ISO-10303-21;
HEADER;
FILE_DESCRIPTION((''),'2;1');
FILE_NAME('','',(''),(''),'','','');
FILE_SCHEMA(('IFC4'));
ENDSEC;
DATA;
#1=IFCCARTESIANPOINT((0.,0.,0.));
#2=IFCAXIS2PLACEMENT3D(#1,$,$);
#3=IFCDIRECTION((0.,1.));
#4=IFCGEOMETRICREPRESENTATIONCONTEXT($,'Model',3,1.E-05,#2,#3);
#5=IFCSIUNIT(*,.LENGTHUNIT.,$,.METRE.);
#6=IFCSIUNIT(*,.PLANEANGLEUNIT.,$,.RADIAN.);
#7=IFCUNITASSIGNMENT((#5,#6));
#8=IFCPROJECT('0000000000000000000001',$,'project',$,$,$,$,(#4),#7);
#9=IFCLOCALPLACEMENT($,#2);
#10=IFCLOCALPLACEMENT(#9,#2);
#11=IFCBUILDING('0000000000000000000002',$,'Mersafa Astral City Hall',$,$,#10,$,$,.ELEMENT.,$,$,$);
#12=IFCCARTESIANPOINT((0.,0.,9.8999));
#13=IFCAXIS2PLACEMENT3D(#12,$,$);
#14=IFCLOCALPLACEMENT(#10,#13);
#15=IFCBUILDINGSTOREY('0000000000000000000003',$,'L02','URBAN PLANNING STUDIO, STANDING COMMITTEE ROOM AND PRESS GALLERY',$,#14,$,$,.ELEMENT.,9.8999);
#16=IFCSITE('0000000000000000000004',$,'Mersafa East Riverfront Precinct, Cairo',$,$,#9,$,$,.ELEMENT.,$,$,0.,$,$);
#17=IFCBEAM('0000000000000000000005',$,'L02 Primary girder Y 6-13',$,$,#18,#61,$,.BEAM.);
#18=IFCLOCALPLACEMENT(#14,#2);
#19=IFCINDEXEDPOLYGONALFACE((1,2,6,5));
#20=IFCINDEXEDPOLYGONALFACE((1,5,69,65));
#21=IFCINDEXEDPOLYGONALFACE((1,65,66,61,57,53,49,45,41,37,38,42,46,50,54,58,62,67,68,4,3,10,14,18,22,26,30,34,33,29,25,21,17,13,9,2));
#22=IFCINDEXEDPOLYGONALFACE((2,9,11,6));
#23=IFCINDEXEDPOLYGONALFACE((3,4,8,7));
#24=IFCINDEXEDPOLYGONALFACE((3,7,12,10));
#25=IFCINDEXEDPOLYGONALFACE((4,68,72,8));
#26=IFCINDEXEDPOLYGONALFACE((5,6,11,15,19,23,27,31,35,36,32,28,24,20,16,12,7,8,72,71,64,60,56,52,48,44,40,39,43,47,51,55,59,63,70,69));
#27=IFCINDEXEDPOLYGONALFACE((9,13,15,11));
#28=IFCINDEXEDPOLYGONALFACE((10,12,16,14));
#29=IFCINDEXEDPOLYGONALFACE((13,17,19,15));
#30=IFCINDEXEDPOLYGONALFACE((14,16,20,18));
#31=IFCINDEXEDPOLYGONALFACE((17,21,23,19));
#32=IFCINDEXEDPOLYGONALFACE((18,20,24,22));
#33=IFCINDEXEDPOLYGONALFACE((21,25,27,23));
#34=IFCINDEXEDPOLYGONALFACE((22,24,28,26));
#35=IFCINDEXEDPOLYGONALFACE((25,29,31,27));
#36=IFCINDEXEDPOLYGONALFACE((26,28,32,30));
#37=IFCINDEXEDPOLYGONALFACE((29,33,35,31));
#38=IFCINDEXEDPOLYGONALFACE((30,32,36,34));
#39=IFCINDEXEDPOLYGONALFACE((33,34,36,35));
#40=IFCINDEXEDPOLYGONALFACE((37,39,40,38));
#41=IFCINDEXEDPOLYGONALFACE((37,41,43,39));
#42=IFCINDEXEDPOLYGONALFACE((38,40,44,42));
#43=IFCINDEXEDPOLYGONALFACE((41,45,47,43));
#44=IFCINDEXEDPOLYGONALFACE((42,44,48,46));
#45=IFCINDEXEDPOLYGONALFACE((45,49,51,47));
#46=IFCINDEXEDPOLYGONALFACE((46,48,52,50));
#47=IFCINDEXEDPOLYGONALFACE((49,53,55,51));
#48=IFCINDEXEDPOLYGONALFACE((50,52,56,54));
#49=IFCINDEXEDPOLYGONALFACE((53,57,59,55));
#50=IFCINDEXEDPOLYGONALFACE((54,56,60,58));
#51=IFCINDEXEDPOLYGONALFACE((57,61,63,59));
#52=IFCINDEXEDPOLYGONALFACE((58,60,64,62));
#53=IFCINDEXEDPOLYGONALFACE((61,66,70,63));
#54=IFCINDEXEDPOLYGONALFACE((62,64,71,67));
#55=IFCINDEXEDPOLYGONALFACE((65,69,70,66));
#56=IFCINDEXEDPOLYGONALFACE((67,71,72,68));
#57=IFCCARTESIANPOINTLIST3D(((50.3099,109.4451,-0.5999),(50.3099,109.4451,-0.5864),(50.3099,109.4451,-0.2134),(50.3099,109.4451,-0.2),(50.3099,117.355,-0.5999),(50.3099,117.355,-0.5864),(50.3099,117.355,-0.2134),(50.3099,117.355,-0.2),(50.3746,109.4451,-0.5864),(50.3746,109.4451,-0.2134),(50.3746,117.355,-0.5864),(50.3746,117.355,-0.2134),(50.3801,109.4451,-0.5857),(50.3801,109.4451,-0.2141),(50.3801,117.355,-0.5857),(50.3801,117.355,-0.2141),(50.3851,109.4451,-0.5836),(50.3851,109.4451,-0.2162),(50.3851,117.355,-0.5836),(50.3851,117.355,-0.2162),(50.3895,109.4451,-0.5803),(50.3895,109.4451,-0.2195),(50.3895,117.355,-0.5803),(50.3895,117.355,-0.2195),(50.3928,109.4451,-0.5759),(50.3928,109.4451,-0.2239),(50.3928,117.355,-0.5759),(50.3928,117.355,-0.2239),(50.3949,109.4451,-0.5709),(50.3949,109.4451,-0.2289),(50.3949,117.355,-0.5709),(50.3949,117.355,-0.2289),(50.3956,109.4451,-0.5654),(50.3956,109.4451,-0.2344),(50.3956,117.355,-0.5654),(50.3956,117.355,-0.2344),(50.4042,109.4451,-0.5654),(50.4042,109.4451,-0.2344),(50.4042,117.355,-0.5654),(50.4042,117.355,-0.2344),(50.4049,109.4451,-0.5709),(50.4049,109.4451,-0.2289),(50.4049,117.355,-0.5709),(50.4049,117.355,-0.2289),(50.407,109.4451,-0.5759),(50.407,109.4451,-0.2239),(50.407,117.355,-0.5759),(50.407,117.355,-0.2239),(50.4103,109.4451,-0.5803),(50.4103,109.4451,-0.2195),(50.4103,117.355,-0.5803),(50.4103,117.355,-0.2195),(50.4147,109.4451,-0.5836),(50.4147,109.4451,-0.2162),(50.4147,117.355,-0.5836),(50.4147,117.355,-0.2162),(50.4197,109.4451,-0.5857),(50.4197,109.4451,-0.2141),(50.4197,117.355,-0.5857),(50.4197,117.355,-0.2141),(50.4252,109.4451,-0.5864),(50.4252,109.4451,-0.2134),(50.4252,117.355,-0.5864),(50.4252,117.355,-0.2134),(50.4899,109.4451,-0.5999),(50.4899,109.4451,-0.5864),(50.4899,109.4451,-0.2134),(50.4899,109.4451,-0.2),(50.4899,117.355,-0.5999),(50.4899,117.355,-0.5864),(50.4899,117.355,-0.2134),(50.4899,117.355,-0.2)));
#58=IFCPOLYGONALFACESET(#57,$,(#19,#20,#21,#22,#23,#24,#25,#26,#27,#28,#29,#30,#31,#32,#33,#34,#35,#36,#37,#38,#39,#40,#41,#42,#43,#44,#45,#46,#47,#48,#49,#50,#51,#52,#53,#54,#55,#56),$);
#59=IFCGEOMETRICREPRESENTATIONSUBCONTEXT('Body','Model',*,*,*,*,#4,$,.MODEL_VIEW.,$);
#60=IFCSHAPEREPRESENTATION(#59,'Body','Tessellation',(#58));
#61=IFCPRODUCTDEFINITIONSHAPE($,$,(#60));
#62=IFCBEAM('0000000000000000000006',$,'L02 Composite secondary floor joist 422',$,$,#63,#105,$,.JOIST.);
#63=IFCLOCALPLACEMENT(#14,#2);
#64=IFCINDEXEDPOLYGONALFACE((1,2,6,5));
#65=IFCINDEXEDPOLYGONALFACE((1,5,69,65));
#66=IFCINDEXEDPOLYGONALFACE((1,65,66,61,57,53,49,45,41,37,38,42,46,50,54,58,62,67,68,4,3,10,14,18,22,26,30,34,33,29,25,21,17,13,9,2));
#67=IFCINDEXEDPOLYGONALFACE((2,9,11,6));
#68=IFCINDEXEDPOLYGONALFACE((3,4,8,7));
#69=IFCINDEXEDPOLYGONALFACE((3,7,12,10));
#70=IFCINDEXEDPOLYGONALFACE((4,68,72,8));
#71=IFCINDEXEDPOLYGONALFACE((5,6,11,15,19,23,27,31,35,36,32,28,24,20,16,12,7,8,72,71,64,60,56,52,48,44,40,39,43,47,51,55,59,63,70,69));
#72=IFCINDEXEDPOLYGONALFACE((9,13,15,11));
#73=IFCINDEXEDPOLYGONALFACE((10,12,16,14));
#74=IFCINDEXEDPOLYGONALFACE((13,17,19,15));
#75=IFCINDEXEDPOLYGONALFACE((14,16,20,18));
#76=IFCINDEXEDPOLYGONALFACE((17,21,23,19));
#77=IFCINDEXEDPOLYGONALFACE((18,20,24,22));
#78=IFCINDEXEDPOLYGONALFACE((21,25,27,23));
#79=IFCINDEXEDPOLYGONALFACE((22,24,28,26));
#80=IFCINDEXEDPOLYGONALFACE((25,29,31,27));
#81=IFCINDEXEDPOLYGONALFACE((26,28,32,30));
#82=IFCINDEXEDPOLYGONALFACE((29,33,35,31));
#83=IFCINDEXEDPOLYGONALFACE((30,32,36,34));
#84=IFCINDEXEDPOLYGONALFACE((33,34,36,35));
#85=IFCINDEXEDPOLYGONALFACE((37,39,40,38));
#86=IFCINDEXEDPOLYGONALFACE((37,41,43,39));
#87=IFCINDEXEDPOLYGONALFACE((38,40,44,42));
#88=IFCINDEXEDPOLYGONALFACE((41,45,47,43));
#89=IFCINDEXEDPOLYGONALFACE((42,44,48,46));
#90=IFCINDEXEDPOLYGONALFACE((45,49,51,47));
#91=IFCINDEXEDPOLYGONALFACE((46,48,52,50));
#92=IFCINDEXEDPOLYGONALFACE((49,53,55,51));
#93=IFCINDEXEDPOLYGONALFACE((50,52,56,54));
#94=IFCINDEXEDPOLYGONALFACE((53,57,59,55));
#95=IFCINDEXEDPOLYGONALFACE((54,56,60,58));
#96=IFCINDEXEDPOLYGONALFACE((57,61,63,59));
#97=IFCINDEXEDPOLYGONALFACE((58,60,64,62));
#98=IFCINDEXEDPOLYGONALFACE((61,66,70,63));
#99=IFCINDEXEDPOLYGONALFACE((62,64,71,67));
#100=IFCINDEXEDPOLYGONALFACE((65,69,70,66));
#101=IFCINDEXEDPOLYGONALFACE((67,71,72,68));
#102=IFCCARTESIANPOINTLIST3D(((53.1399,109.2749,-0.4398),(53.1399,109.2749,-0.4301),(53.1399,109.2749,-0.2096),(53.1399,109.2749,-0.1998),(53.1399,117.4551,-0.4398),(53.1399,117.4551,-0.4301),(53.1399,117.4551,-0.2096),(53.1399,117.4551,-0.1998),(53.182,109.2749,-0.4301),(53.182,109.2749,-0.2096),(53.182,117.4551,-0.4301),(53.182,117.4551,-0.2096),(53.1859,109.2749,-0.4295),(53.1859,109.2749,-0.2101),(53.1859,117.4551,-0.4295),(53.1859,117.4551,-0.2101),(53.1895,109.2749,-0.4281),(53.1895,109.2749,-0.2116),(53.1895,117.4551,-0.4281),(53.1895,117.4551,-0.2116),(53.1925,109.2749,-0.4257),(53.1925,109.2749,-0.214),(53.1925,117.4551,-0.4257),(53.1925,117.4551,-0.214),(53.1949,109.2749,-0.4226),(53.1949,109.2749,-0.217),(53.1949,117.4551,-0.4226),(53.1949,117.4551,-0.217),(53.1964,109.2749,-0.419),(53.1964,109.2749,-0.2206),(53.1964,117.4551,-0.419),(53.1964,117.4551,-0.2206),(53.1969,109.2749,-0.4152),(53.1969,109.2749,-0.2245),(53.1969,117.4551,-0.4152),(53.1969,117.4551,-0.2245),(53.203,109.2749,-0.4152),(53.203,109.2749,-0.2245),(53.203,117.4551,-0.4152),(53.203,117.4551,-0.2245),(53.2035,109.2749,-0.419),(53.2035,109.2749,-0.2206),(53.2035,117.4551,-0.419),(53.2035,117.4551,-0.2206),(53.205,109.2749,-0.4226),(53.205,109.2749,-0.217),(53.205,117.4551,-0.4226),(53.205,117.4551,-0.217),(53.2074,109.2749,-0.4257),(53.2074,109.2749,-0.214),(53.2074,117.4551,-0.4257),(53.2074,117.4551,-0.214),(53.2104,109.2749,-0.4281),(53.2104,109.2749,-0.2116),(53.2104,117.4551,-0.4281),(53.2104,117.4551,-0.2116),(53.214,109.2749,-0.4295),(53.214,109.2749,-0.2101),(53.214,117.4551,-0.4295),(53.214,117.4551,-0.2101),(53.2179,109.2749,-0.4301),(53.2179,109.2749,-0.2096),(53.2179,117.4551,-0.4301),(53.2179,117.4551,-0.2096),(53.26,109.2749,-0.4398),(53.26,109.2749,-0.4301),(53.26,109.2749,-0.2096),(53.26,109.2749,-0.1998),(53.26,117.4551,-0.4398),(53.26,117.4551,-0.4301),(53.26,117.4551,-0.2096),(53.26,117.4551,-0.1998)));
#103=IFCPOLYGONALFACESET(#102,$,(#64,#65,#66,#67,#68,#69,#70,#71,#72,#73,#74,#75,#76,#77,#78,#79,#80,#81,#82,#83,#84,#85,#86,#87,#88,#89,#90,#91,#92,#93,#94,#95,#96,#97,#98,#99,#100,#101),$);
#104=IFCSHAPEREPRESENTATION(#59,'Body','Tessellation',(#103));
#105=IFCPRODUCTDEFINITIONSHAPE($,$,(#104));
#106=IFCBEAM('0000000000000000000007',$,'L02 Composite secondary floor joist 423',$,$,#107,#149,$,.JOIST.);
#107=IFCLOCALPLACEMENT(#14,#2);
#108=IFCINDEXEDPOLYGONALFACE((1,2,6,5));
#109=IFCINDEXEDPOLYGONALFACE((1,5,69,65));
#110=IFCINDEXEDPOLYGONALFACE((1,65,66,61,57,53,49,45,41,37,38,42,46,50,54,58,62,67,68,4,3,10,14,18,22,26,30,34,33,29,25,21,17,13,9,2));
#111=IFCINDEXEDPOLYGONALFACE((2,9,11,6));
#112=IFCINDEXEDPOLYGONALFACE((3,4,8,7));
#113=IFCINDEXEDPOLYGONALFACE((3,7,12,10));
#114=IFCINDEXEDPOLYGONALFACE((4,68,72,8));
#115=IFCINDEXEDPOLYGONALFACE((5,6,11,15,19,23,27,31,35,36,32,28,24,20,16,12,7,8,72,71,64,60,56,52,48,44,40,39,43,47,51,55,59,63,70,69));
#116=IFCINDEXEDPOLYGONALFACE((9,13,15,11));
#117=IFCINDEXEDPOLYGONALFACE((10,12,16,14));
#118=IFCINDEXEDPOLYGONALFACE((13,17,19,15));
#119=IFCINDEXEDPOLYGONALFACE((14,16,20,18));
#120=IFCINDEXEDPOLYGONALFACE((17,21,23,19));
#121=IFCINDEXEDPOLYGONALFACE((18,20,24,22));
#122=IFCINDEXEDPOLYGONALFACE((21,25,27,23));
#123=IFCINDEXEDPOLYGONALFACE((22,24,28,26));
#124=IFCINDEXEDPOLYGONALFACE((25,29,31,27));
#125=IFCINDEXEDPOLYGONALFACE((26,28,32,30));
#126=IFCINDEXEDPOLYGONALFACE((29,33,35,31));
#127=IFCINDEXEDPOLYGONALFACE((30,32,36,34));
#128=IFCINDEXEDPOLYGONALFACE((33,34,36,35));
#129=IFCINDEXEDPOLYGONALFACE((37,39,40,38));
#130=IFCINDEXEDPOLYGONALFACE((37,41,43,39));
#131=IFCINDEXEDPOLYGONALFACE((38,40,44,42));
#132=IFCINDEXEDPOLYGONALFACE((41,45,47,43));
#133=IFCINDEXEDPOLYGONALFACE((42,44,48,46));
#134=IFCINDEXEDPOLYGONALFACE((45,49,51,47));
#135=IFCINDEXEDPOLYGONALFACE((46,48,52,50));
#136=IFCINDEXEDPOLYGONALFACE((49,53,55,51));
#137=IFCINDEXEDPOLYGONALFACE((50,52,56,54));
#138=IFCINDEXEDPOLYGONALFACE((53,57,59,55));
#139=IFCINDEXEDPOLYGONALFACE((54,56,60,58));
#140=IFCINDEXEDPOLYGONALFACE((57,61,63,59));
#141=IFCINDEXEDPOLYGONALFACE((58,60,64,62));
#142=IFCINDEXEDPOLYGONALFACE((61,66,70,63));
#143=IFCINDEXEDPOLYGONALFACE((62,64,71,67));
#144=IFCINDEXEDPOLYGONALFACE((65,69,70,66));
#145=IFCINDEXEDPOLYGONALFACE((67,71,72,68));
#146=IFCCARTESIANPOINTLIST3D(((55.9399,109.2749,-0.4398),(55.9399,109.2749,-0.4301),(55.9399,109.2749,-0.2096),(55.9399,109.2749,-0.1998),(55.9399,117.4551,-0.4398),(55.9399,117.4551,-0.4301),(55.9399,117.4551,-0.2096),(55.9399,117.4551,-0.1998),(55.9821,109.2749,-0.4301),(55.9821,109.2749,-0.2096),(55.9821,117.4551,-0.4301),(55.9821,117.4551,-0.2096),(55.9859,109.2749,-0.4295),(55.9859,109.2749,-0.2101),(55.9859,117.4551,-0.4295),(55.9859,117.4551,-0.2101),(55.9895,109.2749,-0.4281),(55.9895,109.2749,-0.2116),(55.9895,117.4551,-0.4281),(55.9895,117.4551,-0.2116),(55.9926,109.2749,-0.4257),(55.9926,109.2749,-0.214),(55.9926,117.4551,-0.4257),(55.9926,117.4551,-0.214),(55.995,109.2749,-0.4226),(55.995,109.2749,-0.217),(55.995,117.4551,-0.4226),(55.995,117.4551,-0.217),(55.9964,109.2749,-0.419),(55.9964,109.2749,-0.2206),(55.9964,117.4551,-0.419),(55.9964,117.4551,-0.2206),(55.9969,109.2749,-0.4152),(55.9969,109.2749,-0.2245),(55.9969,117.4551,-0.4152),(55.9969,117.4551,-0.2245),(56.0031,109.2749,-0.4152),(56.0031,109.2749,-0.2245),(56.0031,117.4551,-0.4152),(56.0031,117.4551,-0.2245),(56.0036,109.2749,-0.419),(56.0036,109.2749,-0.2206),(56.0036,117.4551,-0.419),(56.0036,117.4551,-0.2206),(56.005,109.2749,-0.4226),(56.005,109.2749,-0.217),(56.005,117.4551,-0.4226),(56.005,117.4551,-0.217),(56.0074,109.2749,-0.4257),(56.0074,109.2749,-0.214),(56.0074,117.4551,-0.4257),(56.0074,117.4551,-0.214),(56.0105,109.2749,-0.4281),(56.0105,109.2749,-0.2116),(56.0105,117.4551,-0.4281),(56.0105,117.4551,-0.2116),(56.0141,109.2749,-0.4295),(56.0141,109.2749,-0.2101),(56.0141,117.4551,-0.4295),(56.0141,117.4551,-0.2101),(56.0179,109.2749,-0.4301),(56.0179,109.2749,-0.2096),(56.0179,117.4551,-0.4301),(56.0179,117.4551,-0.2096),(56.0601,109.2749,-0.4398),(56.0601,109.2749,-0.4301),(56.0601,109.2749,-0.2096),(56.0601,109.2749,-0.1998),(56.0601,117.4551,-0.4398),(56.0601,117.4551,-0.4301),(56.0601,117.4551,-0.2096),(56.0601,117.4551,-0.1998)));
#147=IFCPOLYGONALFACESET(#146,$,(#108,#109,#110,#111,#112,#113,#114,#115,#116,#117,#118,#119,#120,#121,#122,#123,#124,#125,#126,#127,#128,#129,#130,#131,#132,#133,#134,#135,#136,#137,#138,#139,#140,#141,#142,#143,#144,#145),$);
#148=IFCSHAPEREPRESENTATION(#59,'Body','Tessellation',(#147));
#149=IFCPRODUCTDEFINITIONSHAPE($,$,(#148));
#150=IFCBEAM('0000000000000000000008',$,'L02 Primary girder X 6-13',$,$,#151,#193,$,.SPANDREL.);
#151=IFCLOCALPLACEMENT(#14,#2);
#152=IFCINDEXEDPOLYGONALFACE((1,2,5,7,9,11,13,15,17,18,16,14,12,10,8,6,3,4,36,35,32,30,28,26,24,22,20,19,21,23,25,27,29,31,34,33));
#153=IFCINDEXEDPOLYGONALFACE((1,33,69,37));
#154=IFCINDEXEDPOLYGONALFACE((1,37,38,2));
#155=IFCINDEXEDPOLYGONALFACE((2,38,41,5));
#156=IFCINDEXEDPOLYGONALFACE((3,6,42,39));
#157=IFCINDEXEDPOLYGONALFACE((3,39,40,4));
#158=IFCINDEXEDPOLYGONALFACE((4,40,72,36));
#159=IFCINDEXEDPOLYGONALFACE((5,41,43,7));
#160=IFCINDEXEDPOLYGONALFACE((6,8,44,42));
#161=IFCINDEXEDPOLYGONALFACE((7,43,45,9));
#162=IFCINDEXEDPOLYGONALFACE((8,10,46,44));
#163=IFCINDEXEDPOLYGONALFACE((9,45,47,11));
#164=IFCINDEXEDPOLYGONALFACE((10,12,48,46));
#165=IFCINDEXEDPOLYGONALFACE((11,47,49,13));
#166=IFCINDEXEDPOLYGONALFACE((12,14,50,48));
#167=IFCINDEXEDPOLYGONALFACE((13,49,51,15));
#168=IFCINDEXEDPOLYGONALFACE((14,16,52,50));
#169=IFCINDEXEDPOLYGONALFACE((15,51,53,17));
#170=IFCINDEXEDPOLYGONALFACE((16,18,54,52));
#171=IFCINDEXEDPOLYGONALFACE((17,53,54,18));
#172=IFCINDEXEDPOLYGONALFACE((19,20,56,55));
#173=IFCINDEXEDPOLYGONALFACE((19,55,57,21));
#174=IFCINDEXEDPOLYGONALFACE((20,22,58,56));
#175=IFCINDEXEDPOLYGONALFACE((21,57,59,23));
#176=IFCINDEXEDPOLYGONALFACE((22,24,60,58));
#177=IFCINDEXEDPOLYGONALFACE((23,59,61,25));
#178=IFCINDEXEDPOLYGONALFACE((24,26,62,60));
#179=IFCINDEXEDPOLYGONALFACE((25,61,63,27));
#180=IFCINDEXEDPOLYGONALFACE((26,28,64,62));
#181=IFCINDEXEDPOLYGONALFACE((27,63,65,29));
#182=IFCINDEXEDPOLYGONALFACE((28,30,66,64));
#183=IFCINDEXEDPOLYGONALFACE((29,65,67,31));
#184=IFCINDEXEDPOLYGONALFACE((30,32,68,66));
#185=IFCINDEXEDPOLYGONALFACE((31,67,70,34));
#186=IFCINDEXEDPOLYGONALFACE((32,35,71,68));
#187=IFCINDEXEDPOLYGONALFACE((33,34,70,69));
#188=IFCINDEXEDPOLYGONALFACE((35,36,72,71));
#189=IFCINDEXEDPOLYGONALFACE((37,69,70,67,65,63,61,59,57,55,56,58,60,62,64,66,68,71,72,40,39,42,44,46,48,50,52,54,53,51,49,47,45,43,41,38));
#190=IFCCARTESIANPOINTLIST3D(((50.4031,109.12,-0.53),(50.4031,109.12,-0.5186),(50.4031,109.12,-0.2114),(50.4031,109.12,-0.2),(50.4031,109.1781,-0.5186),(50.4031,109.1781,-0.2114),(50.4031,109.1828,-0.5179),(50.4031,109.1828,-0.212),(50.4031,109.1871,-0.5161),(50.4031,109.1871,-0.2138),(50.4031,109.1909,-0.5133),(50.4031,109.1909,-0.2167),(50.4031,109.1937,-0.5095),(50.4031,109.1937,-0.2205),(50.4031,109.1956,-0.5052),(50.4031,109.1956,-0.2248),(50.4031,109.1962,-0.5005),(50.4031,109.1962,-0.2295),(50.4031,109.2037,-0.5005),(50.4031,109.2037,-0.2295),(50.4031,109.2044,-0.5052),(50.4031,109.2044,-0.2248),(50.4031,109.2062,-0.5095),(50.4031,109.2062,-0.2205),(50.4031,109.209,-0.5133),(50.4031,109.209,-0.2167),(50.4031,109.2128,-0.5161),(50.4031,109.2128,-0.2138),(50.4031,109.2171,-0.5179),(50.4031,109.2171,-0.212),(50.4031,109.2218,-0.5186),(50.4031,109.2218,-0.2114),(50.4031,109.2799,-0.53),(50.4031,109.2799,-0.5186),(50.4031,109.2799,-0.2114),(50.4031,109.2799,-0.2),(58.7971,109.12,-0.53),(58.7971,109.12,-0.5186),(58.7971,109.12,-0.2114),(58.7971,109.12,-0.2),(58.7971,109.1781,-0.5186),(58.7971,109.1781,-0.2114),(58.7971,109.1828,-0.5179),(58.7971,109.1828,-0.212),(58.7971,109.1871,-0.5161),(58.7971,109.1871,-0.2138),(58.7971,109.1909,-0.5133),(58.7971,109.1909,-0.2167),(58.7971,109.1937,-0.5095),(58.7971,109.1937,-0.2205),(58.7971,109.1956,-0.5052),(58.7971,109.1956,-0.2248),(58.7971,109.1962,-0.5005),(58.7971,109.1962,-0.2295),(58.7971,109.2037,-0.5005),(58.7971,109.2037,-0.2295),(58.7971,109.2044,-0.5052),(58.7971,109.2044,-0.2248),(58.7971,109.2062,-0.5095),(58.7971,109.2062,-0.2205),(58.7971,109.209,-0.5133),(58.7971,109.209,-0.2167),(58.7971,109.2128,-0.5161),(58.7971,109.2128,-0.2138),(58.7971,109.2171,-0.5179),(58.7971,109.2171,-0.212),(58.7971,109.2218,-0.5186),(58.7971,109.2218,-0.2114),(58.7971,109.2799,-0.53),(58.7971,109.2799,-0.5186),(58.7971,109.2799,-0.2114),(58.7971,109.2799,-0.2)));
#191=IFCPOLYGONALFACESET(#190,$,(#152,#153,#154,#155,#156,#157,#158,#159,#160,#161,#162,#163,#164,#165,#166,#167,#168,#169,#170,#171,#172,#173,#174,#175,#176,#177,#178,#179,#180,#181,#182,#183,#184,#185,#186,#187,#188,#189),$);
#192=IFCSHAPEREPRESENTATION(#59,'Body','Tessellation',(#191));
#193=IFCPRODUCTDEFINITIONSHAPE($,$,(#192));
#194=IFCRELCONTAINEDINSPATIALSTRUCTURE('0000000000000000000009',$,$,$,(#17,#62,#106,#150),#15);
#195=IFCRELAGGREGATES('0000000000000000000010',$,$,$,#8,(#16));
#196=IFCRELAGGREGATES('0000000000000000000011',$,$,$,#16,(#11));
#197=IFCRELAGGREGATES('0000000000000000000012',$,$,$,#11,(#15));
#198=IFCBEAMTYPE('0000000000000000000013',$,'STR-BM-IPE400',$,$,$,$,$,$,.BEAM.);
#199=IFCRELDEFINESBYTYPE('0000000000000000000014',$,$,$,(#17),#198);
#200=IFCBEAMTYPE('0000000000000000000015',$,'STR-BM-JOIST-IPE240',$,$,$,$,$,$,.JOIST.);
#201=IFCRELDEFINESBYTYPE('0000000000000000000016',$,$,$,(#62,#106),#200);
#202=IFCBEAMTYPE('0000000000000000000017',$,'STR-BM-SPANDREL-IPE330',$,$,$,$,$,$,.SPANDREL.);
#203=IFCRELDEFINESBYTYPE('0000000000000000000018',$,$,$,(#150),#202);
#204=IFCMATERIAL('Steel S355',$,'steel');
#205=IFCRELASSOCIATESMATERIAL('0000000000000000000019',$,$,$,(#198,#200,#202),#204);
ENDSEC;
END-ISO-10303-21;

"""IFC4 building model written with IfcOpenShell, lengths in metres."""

from ifc_helpers import new_model, si_unit, direction, frame, origin, origin_2d, place, context, subcontext, project, spatial, i_section, extrude, material, material_profile, profile_set, type_object, element, save


model = new_model("IFC4")

# Units and contexts
model_context = context("Model", 3, precision=1e-05, world=origin(), true_north=direction((0.0, 1.0)))
body_context = subcontext(model_context, "Body", "Model", "MODEL_VIEW")
ifc_project = project(units=[si_unit("LENGTHUNIT", "METRE"), si_unit("PLANEANGLEUNIT", "RADIAN")], contexts=[model_context])

# Site, building, storey
site_placement = place(None, origin())
site = spatial("IfcSite", under=ifc_project, at=site_placement, Name="Mersafa East Riverfront Precinct, Cairo", CompositionType="ELEMENT", RefElevation=0.0)
building_placement = place(site_placement, origin())
building = spatial("IfcBuilding", under=site, at=building_placement, Name="Mersafa Astral City Hall", CompositionType="ELEMENT")
storey_placement = place(building_placement, frame((0.0, 0.0, 9.8999)))
storey = spatial("IfcBuildingStorey", under=building, at=storey_placement, Name="L02", Description="URBAN PLANNING STUDIO, STANDING COMMITTEE ROOM AND PRESS GALLERY", CompositionType="ELEMENT", Elevation=9.8999)

# Shared definitions
ifc_material_1 = material(Name="Steel S355", Category="steel")

# Beams
ifc_material_profile_1 = material_profile(ifc_material_1, i_section(OverallWidth=0.1799, OverallDepth=0.3999, WebThickness=0.0085, FlangeThickness=0.0134, FilletRadius=0.021, at=origin_2d()), Name="IPE 400")
ifc_profile_set_1 = profile_set([ifc_material_profile_1], Name="Steel S355")
beam_type_1 = type_object("IfcBeamType", Name="STR-BM-IPE400", PredefinedType="BEAM", material=ifc_profile_set_1)
beam_1_placement = place(storey_placement, frame((50.3999, 109.4451, -0.3999), z_axis=(0.0, 1.0, 0.0), x_axis=(-1.0, 0.0, 0.0)))
element("IfcBeam", 1, at=beam_1_placement, inside=storey, type_object=beam_type_1, Name="L02 Primary girder Y 6-13", PredefinedType="BEAM", context=body_context, shape_type="SweptSolid", body=[
    extrude(i_section(OverallWidth=0.1799, OverallDepth=0.3999, WebThickness=0.0085, FlangeThickness=0.0134, FilletRadius=0.021, at=origin_2d()), origin(), (0.0, 0.0, 1.0), 7.9099),
])
ifc_material_profile_2 = material_profile(ifc_material_1, i_section(OverallWidth=0.1201, OverallDepth=0.24, WebThickness=0.0061, FlangeThickness=0.0098, FilletRadius=0.0149, at=origin_2d()), Name="IPE 240")
ifc_profile_set_2 = profile_set([ifc_material_profile_2], Name="Steel S355")
beam_type_2 = type_object("IfcBeamType", Name="STR-BM-JOIST-IPE240", PredefinedType="JOIST", material=ifc_profile_set_2)
for number, where, z_axis, x_axis, name in (
    (2, (53.2, 109.2749, -0.3198), (0.0, 1.0, 0.0), (-1.0, 0.0, 0.0), "L02 Composite secondary floor joist 422"),
    (3, (56.0, 109.2749, -0.3198), (0.0, 1.0, 0.0), (-1.0, 0.0, 0.0), "L02 Composite secondary floor joist 423"),
):
    element("IfcBeam", number, at=place(storey_placement, frame(where, z_axis=z_axis, x_axis=x_axis)), inside=storey, type_object=beam_type_2, Name=name, PredefinedType="JOIST", context=body_context, shape_type="SweptSolid", body=[
        extrude(i_section(OverallWidth=0.1201, OverallDepth=0.24, WebThickness=0.0061, FlangeThickness=0.0098, FilletRadius=0.0149, at=origin_2d()), origin(), (0.0, 0.0, 1.0), 8.1802),
    ])
ifc_material_profile_3 = material_profile(ifc_material_1, i_section(OverallWidth=0.1599, OverallDepth=0.3301, WebThickness=0.0076, FlangeThickness=0.0115, FilletRadius=0.0181, at=origin_2d()), Name="IPE 330")
ifc_profile_set_3 = profile_set([ifc_material_profile_3], Name="Steel S355")
beam_type_3 = type_object("IfcBeamType", Name="STR-BM-SPANDREL-IPE330", PredefinedType="SPANDREL", material=ifc_profile_set_3)
beam_2_placement = place(storey_placement, frame((50.4031, 109.2, -0.365), z_axis=(1.0, 0.0, 0.0), x_axis=(0.0, 1.0, 0.0)))
element("IfcBeam", 4, at=beam_2_placement, inside=storey, type_object=beam_type_3, Name="L02 Primary girder X 6-13", PredefinedType="SPANDREL", context=body_context, shape_type="SweptSolid", body=[
    extrude(i_section(OverallWidth=0.1599, OverallDepth=0.3301, WebThickness=0.0076, FlangeThickness=0.0115, FilletRadius=0.0181, at=origin_2d()), origin(), (0.0, 0.0, 1.0), 8.394),
])

save(model, "model.ifc")
